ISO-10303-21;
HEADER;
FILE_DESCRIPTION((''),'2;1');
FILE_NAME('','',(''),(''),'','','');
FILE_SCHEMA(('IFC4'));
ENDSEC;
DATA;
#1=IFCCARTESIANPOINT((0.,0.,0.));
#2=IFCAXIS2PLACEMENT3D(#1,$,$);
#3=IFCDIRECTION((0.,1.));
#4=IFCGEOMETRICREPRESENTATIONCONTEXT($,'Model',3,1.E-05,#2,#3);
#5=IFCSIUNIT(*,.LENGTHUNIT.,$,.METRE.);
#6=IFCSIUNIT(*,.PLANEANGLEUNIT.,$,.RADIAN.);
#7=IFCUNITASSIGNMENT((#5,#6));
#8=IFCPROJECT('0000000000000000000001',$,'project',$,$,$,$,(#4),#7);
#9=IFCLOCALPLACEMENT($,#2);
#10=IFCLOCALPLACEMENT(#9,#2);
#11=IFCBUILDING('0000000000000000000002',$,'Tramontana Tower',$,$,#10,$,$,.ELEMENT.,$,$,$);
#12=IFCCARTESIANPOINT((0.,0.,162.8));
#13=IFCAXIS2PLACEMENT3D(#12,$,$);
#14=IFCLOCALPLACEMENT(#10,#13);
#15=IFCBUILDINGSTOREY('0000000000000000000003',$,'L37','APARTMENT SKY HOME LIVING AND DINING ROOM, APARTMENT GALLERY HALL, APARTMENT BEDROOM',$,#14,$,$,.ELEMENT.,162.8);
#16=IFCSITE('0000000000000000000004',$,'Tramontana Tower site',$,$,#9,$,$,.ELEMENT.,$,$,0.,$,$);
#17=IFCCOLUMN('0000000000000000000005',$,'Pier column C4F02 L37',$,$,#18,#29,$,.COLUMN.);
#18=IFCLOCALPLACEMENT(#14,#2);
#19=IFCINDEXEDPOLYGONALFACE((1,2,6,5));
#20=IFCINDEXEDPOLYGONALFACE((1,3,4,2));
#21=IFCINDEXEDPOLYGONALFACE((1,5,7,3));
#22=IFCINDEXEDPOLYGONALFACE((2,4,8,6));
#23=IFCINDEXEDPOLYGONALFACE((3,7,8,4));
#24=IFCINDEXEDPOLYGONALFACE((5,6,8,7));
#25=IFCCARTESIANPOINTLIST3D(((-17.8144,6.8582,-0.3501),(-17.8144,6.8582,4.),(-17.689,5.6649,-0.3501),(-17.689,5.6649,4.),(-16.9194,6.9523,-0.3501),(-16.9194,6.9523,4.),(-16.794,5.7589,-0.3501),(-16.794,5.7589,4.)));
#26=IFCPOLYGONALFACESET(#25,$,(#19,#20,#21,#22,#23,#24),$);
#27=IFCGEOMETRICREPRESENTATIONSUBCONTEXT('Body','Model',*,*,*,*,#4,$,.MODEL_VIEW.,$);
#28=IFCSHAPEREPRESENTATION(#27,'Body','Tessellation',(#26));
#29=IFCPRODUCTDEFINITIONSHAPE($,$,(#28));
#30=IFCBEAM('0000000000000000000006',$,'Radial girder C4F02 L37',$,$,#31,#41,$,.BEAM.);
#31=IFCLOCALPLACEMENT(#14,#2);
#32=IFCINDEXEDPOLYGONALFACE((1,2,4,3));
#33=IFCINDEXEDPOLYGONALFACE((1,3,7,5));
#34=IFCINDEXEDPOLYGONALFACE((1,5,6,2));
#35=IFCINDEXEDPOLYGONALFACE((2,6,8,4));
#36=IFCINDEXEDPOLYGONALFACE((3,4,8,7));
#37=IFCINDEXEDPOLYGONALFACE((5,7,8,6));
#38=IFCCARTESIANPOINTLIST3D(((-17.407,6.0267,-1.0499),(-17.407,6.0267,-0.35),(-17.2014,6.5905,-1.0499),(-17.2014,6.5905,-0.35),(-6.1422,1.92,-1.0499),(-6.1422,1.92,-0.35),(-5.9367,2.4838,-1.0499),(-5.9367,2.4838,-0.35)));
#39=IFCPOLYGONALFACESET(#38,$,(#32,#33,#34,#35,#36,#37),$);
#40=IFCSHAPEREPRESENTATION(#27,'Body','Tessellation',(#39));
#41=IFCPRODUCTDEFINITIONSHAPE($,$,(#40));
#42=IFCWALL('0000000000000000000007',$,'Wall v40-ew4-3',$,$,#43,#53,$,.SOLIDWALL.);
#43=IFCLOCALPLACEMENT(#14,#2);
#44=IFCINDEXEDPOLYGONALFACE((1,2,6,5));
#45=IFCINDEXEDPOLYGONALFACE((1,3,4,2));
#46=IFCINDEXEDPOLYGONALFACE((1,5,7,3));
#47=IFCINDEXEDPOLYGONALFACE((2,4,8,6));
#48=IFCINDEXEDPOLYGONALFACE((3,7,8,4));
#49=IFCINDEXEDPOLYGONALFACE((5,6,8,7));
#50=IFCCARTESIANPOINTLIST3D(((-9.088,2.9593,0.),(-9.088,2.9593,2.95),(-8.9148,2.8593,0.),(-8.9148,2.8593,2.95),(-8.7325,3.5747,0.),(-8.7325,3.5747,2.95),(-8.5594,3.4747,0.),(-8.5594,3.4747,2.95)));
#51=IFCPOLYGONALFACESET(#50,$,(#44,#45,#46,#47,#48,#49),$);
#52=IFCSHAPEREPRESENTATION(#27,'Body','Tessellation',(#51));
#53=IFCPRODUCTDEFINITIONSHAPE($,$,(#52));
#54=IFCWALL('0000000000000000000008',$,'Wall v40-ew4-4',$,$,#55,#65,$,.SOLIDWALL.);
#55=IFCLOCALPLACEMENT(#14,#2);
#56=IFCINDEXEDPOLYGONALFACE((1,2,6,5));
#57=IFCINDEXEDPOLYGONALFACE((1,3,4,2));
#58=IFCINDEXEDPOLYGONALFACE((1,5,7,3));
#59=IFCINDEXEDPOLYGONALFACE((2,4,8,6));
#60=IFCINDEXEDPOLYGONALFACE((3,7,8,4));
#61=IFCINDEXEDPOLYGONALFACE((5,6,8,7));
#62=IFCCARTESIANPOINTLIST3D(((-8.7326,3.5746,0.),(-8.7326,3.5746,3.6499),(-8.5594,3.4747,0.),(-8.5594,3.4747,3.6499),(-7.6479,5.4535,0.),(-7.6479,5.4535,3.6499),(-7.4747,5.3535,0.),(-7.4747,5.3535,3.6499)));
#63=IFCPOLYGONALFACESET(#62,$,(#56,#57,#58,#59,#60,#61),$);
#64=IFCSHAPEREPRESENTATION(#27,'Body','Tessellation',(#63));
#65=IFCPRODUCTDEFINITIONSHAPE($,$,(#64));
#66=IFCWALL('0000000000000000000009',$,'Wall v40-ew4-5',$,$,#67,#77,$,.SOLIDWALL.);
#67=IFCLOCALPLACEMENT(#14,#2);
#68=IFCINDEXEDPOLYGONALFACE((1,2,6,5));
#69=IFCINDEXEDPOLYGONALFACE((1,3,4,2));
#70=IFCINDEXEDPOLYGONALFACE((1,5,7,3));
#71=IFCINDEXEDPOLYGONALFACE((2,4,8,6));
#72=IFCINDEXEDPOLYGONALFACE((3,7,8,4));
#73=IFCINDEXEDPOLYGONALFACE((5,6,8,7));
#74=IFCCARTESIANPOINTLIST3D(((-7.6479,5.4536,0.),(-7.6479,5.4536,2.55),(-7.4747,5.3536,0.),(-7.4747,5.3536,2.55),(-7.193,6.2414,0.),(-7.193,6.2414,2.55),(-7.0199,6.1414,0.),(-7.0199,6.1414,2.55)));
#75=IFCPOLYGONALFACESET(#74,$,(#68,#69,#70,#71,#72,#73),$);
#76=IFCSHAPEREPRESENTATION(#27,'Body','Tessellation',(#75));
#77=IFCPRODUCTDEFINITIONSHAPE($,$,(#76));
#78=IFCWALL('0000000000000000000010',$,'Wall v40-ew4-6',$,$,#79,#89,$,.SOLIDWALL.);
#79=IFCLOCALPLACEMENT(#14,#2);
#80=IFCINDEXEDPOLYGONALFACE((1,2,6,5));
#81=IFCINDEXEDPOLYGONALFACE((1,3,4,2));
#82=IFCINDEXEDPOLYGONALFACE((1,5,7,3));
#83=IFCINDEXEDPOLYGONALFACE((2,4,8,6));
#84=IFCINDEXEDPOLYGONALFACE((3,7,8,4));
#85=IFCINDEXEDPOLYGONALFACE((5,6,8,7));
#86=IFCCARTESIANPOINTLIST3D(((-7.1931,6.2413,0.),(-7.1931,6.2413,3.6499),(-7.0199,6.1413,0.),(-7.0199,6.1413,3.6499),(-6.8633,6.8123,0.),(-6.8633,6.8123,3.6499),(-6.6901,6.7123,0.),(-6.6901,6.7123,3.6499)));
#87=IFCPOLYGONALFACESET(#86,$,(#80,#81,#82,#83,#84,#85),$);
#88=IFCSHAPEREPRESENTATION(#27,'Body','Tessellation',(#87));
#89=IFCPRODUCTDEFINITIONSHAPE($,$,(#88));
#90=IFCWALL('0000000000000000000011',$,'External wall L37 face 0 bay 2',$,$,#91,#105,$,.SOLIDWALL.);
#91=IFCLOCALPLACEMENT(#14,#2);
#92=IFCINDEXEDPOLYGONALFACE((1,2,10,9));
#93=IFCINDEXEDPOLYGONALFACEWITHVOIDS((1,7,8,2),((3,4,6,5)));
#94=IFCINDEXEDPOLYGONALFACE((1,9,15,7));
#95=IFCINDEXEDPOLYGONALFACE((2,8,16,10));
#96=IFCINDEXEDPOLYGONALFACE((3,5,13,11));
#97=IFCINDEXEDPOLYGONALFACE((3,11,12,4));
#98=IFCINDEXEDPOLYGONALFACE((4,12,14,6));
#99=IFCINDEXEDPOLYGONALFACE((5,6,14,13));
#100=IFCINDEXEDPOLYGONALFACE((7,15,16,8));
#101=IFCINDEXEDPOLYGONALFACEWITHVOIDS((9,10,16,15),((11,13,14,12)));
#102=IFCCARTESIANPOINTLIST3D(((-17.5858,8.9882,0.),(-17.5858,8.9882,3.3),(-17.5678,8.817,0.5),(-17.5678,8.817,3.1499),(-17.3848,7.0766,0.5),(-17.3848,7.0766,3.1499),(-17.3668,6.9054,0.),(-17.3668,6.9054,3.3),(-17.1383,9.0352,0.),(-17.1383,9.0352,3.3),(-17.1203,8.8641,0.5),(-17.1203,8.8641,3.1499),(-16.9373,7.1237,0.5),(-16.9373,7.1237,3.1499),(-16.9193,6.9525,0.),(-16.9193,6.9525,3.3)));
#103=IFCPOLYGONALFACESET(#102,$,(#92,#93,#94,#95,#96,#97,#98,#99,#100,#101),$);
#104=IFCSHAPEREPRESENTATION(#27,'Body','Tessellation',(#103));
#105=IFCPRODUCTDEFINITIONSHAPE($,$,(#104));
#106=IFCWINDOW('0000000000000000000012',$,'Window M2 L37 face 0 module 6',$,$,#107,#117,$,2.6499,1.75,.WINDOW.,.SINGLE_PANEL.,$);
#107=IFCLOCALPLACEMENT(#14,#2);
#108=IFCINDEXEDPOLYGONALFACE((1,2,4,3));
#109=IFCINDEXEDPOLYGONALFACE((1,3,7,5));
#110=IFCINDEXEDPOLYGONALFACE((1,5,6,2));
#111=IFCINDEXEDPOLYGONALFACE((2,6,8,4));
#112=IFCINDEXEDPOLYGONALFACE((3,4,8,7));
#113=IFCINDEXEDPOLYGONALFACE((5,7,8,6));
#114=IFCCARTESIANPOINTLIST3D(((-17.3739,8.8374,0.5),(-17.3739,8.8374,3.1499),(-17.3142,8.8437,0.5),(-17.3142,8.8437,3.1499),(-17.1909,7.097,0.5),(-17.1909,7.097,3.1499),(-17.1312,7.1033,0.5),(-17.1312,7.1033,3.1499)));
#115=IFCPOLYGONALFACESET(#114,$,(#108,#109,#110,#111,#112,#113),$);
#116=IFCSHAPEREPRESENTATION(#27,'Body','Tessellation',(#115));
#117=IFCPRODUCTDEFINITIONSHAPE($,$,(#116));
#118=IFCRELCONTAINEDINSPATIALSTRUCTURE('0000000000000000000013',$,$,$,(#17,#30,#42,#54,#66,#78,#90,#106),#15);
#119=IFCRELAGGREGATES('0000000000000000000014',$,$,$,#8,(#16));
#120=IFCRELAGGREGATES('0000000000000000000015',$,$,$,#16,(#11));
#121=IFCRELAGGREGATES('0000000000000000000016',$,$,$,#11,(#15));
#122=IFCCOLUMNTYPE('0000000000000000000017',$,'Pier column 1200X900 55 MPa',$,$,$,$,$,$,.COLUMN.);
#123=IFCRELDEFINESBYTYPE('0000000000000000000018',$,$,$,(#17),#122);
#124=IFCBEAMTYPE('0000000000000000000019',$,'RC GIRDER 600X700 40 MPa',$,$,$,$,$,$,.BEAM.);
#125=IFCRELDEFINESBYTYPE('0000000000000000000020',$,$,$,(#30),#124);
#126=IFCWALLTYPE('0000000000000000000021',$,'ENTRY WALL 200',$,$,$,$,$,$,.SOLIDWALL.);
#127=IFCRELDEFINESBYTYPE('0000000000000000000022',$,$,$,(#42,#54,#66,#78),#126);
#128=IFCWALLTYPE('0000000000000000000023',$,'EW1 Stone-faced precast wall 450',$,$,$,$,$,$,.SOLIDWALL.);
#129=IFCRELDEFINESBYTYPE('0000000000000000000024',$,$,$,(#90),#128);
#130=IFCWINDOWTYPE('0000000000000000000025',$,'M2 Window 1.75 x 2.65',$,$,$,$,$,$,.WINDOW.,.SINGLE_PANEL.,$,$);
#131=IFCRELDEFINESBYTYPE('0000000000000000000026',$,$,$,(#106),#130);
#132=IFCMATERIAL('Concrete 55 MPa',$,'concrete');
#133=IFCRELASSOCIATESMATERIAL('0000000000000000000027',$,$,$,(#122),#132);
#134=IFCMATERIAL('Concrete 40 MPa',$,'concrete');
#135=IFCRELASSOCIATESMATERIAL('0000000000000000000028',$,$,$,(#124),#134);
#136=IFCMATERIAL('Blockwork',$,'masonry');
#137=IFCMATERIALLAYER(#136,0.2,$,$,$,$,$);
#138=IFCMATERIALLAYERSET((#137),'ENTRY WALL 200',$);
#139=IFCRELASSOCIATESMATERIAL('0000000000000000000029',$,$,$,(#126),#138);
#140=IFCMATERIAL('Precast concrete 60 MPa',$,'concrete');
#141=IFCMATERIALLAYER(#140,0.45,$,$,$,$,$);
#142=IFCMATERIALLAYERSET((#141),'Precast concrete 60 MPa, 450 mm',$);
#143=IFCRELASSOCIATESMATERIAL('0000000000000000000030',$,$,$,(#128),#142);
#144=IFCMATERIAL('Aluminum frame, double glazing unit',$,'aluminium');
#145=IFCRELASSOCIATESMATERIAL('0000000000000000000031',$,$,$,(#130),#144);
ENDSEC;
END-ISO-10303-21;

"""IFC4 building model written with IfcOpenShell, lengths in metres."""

from ifc_helpers import new_model, si_unit, direction, frame, frame_2d, origin, origin_2d, place, context, subcontext, project, spatial, rectangle, extrude, material, layer, layer_set, material_profile, profile_set, type_object, element, fill, save


model = new_model("IFC4")

# Units and contexts
model_context = context("Model", 3, precision=1e-05, world=origin(), true_north=direction((0.0, 1.0)))
body_context = subcontext(model_context, "Body", "Model", "MODEL_VIEW")
ifc_project = project(units=[si_unit("LENGTHUNIT", "METRE"), si_unit("PLANEANGLEUNIT", "RADIAN")], contexts=[model_context])

# Site, building, storey
site_placement = place(None, origin())
site = spatial("IfcSite", under=ifc_project, at=site_placement, Name="Tramontana Tower site", CompositionType="ELEMENT", RefElevation=0.0)
building_placement = place(site_placement, origin())
building = spatial("IfcBuilding", under=site, at=building_placement, Name="Tramontana Tower", CompositionType="ELEMENT")
storey_placement = place(building_placement, frame((0.0, 0.0, 162.8)))
storey = spatial("IfcBuildingStorey", under=building, at=storey_placement, Name="L37", Description="APARTMENT SKY HOME LIVING AND DINING ROOM, APARTMENT GALLERY HALL, APARTMENT BEDROOM", CompositionType="ELEMENT", Elevation=162.8)

# Column
ifc_material_1 = material(Name="Concrete 55 MPa", Category="concrete")
ifc_material_profile_1 = material_profile(ifc_material_1, rectangle(XDim=1.2, YDim=0.8999, at=origin_2d()), Name="Pier column 1200X900 55 MPa")
ifc_profile_set_1 = profile_set([ifc_material_profile_1], Name="Concrete 55 MPa")
column_type = type_object("IfcColumnType", Name="Pier column 1200X900 55 MPa", PredefinedType="COLUMN", material=ifc_profile_set_1)
column_placement = place(storey_placement, frame((-17.3042, 6.3086, -0.3501), z_axis=(0.0, 0.0, 1.0), x_axis=(0.104528, -0.994522, 0.0)))
element("IfcColumn", 1, at=column_placement, inside=storey, type_object=column_type, Name="Pier column C4F02 L37", PredefinedType="COLUMN", context=body_context, shape_type="SweptSolid", body=[
    extrude(rectangle(XDim=1.2, YDim=0.8999, at=origin_2d()), origin(), (0.0, 0.0, 1.0), 4.3501),
])

# Beam
ifc_material_2 = material(Name="Concrete 40 MPa", Category="concrete")
ifc_material_profile_2 = material_profile(ifc_material_2, rectangle(XDim=0.6001, YDim=0.7, at=origin_2d()), Name="RC GIRDER 600X700 40 MPa")
ifc_profile_set_2 = profile_set([ifc_material_profile_2], Name="Concrete 40 MPa")
beam_type = type_object("IfcBeamType", Name="RC GIRDER 600X700 40 MPa", PredefinedType="BEAM", material=ifc_profile_set_2)
beam_placement = place(storey_placement, frame((-17.3042, 6.3086, -0.7), z_axis=(0.939513, -0.342513, 0.0), x_axis=(0.342513, 0.939513, 0.0)))
element("IfcBeam", 2, at=beam_placement, inside=storey, type_object=beam_type, Name="Radial girder C4F02 L37", PredefinedType="BEAM", context=body_context, shape_type="SweptSolid", body=[
    extrude(rectangle(XDim=0.6001, YDim=0.7, at=origin_2d()), origin(), (0.0, 0.0, 1.0), 11.99),
])

# Walls
ifc_material_3 = material(Name="Blockwork", Category="masonry")
ifc_layer_1 = layer(ifc_material_3, 0.2)
ifc_layer_set_1 = layer_set([ifc_layer_1], Name="ENTRY WALL 200")
wall_type_1 = type_object("IfcWallType", Name="ENTRY WALL 200", PredefinedType="SOLIDWALL", material=ifc_layer_set_1)
wall_1_placement = place(storey_placement, frame((-9.0015, 2.9092, 0.0), z_axis=(0.0, 0.0, 1.0), x_axis=(0.500129, 0.865951, 0.0)))
element("IfcWall", 3, at=wall_1_placement, inside=storey, type_object=wall_type_1, Name="Wall v40-ew4-3", PredefinedType="SOLIDWALL", context=body_context, shape_type="SweptSolid", body=[
    extrude(rectangle(XDim=0.7107, YDim=0.2, at=frame_2d((0.3555, 0.0))), origin(), (0.0, 0.0, 1.0), 2.95),
])
wall_2_placement = place(storey_placement, frame((-8.646, 3.5247, 0.0), z_axis=(0.0, 0.0, 1.0), x_axis=(0.499976, 0.866039, 0.0)))
element("IfcWall", 4, at=wall_2_placement, inside=storey, type_object=wall_type_1, Name="Wall v40-ew4-4", PredefinedType="SOLIDWALL", context=body_context, shape_type="SweptSolid", body=[
    extrude(rectangle(XDim=2.1694, YDim=0.2, at=frame_2d((1.0847, 0.0))), origin(), (0.0, 0.0, 1.0), 3.6499),
])
wall_3_placement = place(storey_placement, frame((-7.5613, 5.4036, 0.0), z_axis=(0.0, 0.0, 1.0), x_axis=(0.499978, 0.866038, 0.0)))
element("IfcWall", 5, at=wall_3_placement, inside=storey, type_object=wall_type_1, Name="Wall v40-ew4-5", PredefinedType="SOLIDWALL", context=body_context, shape_type="SweptSolid", body=[
    extrude(rectangle(XDim=0.9097, YDim=0.2, at=frame_2d((0.4548, 0.0))), origin(), (0.0, 0.0, 1.0), 2.55),
])
wall_4_placement = place(storey_placement, frame((-7.1064, 6.1914, 0.0), z_axis=(0.0, 0.0, 1.0), x_axis=(0.50016, 0.865933, 0.0)))
element("IfcWall", 6, at=wall_4_placement, inside=storey, type_object=wall_type_1, Name="Wall v40-ew4-6", PredefinedType="SOLIDWALL", context=body_context, shape_type="SweptSolid", body=[
    extrude(rectangle(XDim=0.6594, YDim=0.2, at=frame_2d((0.3296, 0.0))), origin(), (0.0, 0.0, 1.0), 3.6499),
])

# Wall, opening, window
ifc_material_4 = material(Name="Precast concrete 60 MPa", Category="concrete")
ifc_layer_2 = layer(ifc_material_4, 0.45)
ifc_layer_set_2 = layer_set([ifc_layer_2], Name="Precast concrete 60 MPa, 450 mm")
wall_type_2 = type_object("IfcWallType", Name="EW1 Stone-faced precast wall 450", PredefinedType="SOLIDWALL", material=ifc_layer_set_2)
wall_5_placement = place(storey_placement, frame((-17.3621, 9.0117, 0.0), z_axis=(0.0, 0.0, 1.0), x_axis=(0.104569, -0.994518, 0.0)))
wall_5 = element("IfcWall", 7, at=wall_5_placement, inside=storey, type_object=wall_type_2, Name="External wall L37 face 0 bay 2", PredefinedType="SOLIDWALL", context=body_context, shape_type="SweptSolid", body=[
    extrude(rectangle(XDim=2.0942, YDim=0.45, at=frame_2d((1.0471, 0.0))), origin(), (0.0, 0.0, 1.0), 3.3),
])
opening_1_placement = place(wall_5_placement, frame((0.1721, 0.0, 0.5)))
opening_1 = element("IfcOpeningElement", 8, at=opening_1_placement, cuts=wall_5, PredefinedType="OPENING", context=body_context, shape_type="SweptSolid", body=[
    extrude(rectangle(XDim=1.75, YDim=2.6499, at=frame_2d((0.875, 1.325))), frame((0.0, 0.2349, 0.0), z_axis=(0.0, -1.0, 0.0), x_axis=(1.0, 0.0, 0.0)), (0.0, 0.0, 1.0), 0.47),
])
ifc_material_5 = material(Name="Aluminum frame, double glazing unit", Category="aluminium")
window_type = type_object("IfcWindowType", Name="M2 Window 1.75 x 2.65", PartitioningType="SINGLE_PANEL", PredefinedType="WINDOW", material=ifc_material_5)
window_1_placement = place(opening_1_placement, origin())
window_1 = element("IfcWindow", 9, at=window_1_placement, inside=storey, type_object=window_type, Name="Window M2 L37 face 0 module 6", OverallHeight=2.6499, OverallWidth=1.75, PartitioningType="SINGLE_PANEL", PredefinedType="WINDOW", context=body_context, shape_type="SweptSolid", body=[
    extrude(rectangle(XDim=1.75, YDim=2.6499, at=frame_2d((0.875, 1.325))), frame((0.0, 0.03, 0.0), z_axis=(0.0, -1.0, 0.0), x_axis=(1.0, 0.0, 0.0)), (0.0, 0.0, 1.0), 0.0601),
])
fill(opening_1, window_1)

save(model, "model.ifc")
